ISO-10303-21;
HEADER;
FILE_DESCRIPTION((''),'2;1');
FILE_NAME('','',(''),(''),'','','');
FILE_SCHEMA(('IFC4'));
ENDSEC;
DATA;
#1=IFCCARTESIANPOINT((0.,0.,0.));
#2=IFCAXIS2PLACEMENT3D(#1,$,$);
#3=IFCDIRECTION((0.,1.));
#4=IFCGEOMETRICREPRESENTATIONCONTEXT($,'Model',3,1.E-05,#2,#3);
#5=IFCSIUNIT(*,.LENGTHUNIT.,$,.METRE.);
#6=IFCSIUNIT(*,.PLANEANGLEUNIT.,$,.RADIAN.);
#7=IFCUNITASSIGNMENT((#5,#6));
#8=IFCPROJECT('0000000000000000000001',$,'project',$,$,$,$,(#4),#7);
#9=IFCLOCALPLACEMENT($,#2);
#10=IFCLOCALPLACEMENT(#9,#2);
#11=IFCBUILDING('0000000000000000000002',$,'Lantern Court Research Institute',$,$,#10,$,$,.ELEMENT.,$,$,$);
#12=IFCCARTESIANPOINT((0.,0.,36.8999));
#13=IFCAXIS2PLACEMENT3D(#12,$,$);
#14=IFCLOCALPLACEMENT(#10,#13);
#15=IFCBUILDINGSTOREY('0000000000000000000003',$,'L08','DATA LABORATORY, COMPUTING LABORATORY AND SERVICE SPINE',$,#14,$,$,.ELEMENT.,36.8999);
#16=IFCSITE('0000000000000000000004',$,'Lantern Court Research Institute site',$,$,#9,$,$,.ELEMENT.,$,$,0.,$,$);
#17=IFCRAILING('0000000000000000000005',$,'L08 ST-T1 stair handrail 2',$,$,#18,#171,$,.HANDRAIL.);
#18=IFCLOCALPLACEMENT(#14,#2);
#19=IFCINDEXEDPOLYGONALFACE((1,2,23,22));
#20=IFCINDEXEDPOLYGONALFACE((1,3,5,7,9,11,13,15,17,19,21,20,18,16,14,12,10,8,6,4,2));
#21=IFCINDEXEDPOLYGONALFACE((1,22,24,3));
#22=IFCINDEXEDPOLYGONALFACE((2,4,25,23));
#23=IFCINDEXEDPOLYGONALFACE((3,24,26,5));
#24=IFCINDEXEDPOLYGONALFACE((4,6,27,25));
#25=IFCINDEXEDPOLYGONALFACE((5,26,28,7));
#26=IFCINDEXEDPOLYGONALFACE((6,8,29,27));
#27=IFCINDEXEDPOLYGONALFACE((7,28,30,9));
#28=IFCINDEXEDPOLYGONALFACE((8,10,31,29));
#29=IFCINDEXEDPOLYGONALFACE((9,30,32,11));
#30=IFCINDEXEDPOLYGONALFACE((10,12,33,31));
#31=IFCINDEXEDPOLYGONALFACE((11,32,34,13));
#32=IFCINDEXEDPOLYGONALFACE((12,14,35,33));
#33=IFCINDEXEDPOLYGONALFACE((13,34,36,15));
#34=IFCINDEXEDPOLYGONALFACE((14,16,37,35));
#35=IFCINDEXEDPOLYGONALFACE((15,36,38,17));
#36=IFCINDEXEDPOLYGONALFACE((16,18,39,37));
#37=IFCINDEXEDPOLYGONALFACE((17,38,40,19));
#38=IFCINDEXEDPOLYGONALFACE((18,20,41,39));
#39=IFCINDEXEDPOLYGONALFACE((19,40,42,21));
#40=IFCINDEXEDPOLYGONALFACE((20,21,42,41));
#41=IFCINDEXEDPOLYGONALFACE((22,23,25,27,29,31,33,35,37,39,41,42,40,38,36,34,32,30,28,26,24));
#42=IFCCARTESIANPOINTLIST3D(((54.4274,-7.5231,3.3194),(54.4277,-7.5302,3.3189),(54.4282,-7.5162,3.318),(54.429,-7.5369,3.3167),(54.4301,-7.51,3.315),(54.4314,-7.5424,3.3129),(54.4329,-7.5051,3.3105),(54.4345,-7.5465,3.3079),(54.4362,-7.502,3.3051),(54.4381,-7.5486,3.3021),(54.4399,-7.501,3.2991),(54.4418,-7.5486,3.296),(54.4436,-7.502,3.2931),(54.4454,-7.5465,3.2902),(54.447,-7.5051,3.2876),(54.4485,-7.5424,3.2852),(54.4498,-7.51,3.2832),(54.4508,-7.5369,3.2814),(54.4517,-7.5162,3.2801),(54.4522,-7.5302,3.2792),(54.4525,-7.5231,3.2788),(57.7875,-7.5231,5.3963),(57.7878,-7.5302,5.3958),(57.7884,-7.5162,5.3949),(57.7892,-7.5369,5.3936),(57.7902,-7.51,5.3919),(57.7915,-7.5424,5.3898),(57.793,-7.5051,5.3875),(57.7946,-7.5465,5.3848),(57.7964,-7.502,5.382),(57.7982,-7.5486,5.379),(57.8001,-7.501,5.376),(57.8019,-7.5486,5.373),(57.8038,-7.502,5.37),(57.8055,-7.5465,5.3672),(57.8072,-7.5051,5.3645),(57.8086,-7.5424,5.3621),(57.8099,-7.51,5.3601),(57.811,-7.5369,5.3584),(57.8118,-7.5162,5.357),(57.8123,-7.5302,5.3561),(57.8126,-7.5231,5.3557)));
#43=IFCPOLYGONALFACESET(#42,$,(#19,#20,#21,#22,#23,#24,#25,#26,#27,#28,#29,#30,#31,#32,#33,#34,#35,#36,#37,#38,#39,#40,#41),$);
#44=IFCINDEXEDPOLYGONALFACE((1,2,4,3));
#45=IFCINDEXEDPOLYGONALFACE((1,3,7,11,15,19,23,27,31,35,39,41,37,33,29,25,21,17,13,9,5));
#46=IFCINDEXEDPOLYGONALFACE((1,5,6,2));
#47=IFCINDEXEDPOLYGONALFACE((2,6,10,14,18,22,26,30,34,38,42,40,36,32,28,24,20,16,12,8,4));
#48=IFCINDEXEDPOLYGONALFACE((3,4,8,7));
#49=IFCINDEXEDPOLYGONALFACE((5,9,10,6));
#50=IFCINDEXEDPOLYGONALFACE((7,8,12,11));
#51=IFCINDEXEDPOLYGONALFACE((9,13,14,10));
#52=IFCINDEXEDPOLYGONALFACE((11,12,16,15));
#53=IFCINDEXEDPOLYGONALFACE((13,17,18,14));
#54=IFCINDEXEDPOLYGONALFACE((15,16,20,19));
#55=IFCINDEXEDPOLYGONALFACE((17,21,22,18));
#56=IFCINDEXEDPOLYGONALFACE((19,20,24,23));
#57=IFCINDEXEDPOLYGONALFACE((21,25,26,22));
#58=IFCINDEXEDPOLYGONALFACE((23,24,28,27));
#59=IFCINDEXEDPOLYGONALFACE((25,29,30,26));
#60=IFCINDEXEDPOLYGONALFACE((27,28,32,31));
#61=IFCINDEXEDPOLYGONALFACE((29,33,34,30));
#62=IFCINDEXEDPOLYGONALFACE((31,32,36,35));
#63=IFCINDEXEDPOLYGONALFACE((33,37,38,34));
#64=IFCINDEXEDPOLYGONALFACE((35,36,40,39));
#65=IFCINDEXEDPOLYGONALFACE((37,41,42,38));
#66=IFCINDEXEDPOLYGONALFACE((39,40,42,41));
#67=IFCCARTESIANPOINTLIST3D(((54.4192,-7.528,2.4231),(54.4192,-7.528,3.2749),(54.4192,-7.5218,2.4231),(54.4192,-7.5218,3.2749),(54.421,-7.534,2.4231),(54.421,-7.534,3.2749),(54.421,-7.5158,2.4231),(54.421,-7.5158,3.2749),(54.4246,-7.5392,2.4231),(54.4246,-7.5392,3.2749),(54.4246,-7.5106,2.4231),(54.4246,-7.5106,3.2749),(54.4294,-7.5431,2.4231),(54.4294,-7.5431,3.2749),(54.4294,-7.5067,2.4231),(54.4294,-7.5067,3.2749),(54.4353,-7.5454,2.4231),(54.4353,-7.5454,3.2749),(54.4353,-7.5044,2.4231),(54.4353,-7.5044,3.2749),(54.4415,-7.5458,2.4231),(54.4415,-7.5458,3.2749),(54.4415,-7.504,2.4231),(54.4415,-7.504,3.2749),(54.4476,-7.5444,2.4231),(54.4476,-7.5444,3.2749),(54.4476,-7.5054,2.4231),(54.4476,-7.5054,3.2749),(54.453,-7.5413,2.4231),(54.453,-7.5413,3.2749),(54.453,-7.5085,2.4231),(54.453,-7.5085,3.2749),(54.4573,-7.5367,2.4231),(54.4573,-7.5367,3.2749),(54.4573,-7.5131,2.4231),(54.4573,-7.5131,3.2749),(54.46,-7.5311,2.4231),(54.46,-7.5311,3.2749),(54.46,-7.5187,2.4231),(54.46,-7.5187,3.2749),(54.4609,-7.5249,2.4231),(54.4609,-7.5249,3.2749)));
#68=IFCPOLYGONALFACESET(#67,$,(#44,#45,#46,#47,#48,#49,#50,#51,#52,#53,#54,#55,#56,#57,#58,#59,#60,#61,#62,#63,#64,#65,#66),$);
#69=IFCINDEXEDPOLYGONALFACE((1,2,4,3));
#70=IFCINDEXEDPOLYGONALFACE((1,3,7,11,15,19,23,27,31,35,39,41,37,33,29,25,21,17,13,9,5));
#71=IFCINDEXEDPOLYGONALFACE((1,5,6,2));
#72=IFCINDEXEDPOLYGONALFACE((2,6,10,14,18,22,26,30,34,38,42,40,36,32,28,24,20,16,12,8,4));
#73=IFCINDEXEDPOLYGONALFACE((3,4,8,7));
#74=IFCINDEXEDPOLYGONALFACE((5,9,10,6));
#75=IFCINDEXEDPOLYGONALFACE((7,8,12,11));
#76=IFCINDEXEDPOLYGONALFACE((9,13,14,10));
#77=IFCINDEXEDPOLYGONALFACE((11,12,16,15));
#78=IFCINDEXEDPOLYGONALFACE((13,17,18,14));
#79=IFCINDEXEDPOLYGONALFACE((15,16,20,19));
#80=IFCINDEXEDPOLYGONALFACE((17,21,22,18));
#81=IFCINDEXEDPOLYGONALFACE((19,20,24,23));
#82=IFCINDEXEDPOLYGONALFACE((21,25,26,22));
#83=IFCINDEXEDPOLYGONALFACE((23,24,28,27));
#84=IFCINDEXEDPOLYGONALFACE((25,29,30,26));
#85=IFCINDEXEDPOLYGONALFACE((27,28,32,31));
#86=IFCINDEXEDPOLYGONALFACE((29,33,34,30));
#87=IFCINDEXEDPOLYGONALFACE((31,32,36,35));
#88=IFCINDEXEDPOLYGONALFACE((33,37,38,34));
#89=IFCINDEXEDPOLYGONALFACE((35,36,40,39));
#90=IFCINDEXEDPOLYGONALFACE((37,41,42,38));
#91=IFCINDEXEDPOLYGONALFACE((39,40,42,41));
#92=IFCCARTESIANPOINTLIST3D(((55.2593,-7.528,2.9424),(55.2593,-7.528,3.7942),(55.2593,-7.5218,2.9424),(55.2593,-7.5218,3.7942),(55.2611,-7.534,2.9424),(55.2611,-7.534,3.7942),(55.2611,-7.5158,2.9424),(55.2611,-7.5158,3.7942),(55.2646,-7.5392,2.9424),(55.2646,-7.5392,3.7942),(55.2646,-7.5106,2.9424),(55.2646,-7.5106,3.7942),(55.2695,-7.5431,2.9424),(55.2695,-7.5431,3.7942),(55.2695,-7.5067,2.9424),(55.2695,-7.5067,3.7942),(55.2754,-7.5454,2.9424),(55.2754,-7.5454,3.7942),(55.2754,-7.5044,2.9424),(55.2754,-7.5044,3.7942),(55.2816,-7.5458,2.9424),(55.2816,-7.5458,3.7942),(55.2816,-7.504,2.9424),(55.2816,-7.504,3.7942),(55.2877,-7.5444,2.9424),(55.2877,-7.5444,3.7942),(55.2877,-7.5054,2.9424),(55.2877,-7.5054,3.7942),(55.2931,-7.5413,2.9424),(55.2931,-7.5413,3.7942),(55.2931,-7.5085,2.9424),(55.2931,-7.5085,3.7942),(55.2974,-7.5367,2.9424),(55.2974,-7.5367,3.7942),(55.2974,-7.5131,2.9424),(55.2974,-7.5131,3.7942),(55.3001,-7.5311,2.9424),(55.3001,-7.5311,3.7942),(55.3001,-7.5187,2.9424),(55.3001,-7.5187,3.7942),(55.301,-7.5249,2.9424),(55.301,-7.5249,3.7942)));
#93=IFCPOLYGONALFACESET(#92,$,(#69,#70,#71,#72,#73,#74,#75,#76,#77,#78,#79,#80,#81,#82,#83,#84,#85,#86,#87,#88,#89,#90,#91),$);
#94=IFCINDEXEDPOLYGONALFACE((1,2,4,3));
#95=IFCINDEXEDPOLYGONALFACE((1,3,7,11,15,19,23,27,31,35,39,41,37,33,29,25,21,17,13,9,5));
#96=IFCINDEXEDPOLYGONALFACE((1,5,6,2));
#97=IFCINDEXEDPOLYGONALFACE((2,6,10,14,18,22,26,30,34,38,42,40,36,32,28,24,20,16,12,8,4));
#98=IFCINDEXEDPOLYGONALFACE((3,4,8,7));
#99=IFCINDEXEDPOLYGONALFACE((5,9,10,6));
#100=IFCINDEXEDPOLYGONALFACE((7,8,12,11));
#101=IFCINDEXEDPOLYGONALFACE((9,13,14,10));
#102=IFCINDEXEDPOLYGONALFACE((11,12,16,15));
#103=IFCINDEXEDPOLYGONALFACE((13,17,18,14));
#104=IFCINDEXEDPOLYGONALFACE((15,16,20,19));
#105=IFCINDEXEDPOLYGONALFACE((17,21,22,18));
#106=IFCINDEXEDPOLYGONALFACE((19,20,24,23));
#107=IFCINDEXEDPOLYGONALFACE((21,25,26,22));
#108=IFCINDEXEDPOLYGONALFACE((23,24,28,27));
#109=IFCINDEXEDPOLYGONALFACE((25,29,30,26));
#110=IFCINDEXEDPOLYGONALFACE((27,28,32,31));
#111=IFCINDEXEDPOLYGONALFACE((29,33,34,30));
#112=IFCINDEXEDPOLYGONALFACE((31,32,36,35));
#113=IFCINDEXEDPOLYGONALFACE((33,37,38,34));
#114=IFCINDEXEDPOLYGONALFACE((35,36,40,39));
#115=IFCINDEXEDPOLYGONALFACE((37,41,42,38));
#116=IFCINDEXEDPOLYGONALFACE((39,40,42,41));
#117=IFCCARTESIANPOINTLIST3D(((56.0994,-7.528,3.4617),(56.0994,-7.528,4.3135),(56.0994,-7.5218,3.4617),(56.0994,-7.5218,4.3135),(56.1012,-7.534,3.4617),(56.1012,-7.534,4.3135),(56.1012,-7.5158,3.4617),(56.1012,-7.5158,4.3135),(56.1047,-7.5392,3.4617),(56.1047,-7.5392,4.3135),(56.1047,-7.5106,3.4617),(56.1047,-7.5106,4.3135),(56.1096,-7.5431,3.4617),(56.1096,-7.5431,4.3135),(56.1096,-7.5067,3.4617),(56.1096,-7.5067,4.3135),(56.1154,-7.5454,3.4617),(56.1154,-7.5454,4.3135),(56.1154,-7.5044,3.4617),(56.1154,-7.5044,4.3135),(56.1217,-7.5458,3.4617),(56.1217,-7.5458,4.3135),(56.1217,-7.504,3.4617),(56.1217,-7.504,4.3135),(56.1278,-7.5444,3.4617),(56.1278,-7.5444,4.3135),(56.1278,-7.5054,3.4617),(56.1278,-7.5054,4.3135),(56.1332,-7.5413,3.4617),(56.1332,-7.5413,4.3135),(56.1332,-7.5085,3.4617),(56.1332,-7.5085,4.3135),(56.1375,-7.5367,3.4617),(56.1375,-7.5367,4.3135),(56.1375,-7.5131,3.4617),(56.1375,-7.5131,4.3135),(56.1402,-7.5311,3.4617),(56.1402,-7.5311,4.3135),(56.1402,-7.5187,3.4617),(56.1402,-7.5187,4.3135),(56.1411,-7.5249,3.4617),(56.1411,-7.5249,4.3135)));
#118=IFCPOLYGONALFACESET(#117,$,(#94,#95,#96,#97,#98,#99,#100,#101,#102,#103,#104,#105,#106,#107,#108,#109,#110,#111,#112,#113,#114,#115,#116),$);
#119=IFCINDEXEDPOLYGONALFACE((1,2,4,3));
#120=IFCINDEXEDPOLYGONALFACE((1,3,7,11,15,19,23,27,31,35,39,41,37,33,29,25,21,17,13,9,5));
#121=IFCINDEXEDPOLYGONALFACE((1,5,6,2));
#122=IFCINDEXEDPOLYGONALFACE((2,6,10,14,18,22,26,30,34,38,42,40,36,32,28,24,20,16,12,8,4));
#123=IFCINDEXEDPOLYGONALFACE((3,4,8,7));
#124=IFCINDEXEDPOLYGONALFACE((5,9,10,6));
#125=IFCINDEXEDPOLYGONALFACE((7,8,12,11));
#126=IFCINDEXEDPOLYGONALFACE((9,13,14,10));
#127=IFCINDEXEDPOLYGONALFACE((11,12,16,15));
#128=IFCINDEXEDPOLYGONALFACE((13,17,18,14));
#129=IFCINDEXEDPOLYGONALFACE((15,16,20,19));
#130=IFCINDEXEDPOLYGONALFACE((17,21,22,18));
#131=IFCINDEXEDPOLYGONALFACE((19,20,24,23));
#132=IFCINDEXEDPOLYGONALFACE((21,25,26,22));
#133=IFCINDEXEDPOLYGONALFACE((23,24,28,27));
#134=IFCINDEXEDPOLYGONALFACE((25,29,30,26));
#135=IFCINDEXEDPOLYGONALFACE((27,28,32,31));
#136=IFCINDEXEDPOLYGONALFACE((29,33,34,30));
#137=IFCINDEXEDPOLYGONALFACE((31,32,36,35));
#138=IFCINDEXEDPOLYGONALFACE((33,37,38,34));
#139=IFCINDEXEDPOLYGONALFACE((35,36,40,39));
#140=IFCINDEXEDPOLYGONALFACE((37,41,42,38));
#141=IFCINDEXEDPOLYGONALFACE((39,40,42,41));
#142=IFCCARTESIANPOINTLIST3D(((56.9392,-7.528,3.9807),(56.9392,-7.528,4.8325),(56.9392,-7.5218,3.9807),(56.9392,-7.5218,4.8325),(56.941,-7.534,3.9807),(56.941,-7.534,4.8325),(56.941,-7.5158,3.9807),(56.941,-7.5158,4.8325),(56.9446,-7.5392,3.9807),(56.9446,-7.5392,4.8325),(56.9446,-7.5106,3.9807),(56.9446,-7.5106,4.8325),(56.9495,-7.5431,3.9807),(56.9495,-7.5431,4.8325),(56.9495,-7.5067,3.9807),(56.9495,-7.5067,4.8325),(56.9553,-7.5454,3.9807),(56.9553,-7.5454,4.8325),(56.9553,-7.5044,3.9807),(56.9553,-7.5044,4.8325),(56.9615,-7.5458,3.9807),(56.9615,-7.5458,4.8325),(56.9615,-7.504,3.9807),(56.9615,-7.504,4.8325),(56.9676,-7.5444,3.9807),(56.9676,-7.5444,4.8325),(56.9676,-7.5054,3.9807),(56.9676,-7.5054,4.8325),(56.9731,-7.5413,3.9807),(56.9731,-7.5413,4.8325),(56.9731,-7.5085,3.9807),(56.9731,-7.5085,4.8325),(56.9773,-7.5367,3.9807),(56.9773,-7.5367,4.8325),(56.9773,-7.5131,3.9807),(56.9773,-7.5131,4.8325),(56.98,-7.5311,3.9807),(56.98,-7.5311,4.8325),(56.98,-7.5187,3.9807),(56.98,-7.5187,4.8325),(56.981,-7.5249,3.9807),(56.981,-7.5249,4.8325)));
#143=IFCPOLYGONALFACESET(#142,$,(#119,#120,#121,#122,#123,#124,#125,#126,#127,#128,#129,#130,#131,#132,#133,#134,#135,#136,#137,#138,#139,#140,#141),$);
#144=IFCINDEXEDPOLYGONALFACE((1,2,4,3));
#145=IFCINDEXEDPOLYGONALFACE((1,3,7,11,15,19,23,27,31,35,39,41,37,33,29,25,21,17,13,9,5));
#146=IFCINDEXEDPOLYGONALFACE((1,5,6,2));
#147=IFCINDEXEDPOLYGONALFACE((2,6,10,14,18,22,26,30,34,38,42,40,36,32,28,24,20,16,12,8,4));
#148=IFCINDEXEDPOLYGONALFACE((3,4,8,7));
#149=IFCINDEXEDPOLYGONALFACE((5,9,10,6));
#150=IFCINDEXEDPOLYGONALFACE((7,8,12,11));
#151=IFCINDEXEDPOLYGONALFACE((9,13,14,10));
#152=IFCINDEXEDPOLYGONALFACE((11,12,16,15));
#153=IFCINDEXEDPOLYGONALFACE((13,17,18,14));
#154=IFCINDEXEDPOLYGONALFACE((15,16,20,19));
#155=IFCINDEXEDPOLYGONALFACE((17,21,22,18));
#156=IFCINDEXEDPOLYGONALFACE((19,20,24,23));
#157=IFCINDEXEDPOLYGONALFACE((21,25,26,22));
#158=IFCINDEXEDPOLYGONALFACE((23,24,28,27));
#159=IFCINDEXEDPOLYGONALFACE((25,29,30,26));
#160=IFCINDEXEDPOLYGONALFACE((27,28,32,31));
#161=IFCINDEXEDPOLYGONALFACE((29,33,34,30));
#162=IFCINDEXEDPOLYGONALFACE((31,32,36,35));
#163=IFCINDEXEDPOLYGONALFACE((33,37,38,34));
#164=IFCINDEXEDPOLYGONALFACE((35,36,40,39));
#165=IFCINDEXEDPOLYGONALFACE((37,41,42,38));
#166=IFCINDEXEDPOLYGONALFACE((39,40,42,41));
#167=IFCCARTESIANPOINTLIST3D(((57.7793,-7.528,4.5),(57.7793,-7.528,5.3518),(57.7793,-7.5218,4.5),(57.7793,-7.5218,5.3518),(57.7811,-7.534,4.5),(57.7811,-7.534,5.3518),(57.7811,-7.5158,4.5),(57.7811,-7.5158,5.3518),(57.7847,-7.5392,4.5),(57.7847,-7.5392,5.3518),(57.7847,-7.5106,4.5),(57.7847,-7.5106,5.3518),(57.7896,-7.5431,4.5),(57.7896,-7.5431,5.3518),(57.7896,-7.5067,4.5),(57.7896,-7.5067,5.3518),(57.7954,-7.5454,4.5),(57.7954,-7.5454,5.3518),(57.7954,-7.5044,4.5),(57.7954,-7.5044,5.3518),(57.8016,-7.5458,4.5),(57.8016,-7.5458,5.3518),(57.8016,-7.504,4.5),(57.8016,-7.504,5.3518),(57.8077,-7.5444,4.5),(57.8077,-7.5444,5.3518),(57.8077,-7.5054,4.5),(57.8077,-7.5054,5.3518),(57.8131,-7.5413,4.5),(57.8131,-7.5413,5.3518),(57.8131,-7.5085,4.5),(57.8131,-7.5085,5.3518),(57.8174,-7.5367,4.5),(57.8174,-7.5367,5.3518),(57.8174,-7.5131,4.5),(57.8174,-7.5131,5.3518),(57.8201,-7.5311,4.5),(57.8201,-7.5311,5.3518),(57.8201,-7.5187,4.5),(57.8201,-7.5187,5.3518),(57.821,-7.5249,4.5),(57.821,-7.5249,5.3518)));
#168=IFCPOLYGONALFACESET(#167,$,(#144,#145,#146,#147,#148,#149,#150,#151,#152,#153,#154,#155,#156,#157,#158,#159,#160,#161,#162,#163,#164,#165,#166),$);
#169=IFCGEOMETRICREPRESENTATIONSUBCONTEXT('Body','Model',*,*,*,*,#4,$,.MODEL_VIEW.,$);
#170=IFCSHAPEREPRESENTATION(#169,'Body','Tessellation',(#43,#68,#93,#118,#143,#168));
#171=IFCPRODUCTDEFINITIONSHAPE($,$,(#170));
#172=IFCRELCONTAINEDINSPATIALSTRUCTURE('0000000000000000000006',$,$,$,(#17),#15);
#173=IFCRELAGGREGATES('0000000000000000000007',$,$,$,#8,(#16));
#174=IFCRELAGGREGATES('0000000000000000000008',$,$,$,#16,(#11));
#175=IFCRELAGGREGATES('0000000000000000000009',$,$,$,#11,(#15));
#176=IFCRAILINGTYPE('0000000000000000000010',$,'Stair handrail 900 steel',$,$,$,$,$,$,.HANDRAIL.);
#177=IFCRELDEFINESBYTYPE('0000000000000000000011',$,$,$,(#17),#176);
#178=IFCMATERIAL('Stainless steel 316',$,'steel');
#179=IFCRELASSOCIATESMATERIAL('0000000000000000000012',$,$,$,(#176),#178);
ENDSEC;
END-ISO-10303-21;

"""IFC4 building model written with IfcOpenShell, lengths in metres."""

from ifc_helpers import new_model, si_unit, direction, frame, origin, origin_2d, place, context, subcontext, project, spatial, circle, extrude, material, type_object, element, save


model = new_model("IFC4")

# Units and contexts
model_context = context("Model", 3, precision=1e-05, world=origin(), true_north=direction((0.0, 1.0)))
body_context = subcontext(model_context, "Body", "Model", "MODEL_VIEW")
ifc_project = project(units=[si_unit("LENGTHUNIT", "METRE"), si_unit("PLANEANGLEUNIT", "RADIAN")], contexts=[model_context])

# Site, building, storey
site_placement = place(None, origin())
site = spatial("IfcSite", under=ifc_project, at=site_placement, Name="Lantern Court Research Institute site", CompositionType="ELEMENT", RefElevation=0.0)
building_placement = place(site_placement, origin())
building = spatial("IfcBuilding", under=site, at=building_placement, Name="Lantern Court Research Institute", CompositionType="ELEMENT")
storey_placement = place(building_placement, frame((0.0, 0.0, 36.8999)))
storey = spatial("IfcBuildingStorey", under=building, at=storey_placement, Name="L08", Description="DATA LABORATORY, COMPUTING LABORATORY AND SERVICE SPINE", CompositionType="ELEMENT", Elevation=36.8999)

# Railing
ifc_material_1 = material(Name="Stainless steel 316", Category="steel")
railing_type_1 = type_object("IfcRailingType", Name="Stair handrail 900 steel", PredefinedType="HANDRAIL", material=ifc_material_1)
railing_1_placement = place(storey_placement, frame((54.4399, -7.5249, 2.4231)))
element("IfcRailing", 1, at=railing_1_placement, inside=storey, type_object=railing_type_1, Name="L08 ST-T1 stair handrail 2", PredefinedType="HANDRAIL", context=body_context, shape_type="SweptSolid", body=[
    extrude(circle(Radius=0.0239, at=origin_2d()), frame((0.0, 0.0, 0.876), z_axis=(0.850623, 0.0, 0.525776), x_axis=(0.0, 1.0, 0.0)), (0.0, 0.0, 1.0), 3.9502),
    extrude(circle(Radius=0.021, at=origin_2d()), origin(), (0.0, 0.0, 1.0), 0.8518),
    extrude(circle(Radius=0.021, at=origin_2d()), frame((0.8401, 0.0, 0.5193)), (0.0, 0.0, 1.0), 0.8518),
    extrude(circle(Radius=0.021, at=origin_2d()), frame((1.6802, 0.0, 1.0386)), (0.0, 0.0, 1.0), 0.8518),
    extrude(circle(Radius=0.021, at=origin_2d()), frame((2.52, 0.0, 1.5576)), (0.0, 0.0, 1.0), 0.8518),
    extrude(circle(Radius=0.021, at=origin_2d()), frame((3.3601, 0.0, 2.0769)), (0.0, 0.0, 1.0), 0.8518),
])

save(model, "model.ifc")
